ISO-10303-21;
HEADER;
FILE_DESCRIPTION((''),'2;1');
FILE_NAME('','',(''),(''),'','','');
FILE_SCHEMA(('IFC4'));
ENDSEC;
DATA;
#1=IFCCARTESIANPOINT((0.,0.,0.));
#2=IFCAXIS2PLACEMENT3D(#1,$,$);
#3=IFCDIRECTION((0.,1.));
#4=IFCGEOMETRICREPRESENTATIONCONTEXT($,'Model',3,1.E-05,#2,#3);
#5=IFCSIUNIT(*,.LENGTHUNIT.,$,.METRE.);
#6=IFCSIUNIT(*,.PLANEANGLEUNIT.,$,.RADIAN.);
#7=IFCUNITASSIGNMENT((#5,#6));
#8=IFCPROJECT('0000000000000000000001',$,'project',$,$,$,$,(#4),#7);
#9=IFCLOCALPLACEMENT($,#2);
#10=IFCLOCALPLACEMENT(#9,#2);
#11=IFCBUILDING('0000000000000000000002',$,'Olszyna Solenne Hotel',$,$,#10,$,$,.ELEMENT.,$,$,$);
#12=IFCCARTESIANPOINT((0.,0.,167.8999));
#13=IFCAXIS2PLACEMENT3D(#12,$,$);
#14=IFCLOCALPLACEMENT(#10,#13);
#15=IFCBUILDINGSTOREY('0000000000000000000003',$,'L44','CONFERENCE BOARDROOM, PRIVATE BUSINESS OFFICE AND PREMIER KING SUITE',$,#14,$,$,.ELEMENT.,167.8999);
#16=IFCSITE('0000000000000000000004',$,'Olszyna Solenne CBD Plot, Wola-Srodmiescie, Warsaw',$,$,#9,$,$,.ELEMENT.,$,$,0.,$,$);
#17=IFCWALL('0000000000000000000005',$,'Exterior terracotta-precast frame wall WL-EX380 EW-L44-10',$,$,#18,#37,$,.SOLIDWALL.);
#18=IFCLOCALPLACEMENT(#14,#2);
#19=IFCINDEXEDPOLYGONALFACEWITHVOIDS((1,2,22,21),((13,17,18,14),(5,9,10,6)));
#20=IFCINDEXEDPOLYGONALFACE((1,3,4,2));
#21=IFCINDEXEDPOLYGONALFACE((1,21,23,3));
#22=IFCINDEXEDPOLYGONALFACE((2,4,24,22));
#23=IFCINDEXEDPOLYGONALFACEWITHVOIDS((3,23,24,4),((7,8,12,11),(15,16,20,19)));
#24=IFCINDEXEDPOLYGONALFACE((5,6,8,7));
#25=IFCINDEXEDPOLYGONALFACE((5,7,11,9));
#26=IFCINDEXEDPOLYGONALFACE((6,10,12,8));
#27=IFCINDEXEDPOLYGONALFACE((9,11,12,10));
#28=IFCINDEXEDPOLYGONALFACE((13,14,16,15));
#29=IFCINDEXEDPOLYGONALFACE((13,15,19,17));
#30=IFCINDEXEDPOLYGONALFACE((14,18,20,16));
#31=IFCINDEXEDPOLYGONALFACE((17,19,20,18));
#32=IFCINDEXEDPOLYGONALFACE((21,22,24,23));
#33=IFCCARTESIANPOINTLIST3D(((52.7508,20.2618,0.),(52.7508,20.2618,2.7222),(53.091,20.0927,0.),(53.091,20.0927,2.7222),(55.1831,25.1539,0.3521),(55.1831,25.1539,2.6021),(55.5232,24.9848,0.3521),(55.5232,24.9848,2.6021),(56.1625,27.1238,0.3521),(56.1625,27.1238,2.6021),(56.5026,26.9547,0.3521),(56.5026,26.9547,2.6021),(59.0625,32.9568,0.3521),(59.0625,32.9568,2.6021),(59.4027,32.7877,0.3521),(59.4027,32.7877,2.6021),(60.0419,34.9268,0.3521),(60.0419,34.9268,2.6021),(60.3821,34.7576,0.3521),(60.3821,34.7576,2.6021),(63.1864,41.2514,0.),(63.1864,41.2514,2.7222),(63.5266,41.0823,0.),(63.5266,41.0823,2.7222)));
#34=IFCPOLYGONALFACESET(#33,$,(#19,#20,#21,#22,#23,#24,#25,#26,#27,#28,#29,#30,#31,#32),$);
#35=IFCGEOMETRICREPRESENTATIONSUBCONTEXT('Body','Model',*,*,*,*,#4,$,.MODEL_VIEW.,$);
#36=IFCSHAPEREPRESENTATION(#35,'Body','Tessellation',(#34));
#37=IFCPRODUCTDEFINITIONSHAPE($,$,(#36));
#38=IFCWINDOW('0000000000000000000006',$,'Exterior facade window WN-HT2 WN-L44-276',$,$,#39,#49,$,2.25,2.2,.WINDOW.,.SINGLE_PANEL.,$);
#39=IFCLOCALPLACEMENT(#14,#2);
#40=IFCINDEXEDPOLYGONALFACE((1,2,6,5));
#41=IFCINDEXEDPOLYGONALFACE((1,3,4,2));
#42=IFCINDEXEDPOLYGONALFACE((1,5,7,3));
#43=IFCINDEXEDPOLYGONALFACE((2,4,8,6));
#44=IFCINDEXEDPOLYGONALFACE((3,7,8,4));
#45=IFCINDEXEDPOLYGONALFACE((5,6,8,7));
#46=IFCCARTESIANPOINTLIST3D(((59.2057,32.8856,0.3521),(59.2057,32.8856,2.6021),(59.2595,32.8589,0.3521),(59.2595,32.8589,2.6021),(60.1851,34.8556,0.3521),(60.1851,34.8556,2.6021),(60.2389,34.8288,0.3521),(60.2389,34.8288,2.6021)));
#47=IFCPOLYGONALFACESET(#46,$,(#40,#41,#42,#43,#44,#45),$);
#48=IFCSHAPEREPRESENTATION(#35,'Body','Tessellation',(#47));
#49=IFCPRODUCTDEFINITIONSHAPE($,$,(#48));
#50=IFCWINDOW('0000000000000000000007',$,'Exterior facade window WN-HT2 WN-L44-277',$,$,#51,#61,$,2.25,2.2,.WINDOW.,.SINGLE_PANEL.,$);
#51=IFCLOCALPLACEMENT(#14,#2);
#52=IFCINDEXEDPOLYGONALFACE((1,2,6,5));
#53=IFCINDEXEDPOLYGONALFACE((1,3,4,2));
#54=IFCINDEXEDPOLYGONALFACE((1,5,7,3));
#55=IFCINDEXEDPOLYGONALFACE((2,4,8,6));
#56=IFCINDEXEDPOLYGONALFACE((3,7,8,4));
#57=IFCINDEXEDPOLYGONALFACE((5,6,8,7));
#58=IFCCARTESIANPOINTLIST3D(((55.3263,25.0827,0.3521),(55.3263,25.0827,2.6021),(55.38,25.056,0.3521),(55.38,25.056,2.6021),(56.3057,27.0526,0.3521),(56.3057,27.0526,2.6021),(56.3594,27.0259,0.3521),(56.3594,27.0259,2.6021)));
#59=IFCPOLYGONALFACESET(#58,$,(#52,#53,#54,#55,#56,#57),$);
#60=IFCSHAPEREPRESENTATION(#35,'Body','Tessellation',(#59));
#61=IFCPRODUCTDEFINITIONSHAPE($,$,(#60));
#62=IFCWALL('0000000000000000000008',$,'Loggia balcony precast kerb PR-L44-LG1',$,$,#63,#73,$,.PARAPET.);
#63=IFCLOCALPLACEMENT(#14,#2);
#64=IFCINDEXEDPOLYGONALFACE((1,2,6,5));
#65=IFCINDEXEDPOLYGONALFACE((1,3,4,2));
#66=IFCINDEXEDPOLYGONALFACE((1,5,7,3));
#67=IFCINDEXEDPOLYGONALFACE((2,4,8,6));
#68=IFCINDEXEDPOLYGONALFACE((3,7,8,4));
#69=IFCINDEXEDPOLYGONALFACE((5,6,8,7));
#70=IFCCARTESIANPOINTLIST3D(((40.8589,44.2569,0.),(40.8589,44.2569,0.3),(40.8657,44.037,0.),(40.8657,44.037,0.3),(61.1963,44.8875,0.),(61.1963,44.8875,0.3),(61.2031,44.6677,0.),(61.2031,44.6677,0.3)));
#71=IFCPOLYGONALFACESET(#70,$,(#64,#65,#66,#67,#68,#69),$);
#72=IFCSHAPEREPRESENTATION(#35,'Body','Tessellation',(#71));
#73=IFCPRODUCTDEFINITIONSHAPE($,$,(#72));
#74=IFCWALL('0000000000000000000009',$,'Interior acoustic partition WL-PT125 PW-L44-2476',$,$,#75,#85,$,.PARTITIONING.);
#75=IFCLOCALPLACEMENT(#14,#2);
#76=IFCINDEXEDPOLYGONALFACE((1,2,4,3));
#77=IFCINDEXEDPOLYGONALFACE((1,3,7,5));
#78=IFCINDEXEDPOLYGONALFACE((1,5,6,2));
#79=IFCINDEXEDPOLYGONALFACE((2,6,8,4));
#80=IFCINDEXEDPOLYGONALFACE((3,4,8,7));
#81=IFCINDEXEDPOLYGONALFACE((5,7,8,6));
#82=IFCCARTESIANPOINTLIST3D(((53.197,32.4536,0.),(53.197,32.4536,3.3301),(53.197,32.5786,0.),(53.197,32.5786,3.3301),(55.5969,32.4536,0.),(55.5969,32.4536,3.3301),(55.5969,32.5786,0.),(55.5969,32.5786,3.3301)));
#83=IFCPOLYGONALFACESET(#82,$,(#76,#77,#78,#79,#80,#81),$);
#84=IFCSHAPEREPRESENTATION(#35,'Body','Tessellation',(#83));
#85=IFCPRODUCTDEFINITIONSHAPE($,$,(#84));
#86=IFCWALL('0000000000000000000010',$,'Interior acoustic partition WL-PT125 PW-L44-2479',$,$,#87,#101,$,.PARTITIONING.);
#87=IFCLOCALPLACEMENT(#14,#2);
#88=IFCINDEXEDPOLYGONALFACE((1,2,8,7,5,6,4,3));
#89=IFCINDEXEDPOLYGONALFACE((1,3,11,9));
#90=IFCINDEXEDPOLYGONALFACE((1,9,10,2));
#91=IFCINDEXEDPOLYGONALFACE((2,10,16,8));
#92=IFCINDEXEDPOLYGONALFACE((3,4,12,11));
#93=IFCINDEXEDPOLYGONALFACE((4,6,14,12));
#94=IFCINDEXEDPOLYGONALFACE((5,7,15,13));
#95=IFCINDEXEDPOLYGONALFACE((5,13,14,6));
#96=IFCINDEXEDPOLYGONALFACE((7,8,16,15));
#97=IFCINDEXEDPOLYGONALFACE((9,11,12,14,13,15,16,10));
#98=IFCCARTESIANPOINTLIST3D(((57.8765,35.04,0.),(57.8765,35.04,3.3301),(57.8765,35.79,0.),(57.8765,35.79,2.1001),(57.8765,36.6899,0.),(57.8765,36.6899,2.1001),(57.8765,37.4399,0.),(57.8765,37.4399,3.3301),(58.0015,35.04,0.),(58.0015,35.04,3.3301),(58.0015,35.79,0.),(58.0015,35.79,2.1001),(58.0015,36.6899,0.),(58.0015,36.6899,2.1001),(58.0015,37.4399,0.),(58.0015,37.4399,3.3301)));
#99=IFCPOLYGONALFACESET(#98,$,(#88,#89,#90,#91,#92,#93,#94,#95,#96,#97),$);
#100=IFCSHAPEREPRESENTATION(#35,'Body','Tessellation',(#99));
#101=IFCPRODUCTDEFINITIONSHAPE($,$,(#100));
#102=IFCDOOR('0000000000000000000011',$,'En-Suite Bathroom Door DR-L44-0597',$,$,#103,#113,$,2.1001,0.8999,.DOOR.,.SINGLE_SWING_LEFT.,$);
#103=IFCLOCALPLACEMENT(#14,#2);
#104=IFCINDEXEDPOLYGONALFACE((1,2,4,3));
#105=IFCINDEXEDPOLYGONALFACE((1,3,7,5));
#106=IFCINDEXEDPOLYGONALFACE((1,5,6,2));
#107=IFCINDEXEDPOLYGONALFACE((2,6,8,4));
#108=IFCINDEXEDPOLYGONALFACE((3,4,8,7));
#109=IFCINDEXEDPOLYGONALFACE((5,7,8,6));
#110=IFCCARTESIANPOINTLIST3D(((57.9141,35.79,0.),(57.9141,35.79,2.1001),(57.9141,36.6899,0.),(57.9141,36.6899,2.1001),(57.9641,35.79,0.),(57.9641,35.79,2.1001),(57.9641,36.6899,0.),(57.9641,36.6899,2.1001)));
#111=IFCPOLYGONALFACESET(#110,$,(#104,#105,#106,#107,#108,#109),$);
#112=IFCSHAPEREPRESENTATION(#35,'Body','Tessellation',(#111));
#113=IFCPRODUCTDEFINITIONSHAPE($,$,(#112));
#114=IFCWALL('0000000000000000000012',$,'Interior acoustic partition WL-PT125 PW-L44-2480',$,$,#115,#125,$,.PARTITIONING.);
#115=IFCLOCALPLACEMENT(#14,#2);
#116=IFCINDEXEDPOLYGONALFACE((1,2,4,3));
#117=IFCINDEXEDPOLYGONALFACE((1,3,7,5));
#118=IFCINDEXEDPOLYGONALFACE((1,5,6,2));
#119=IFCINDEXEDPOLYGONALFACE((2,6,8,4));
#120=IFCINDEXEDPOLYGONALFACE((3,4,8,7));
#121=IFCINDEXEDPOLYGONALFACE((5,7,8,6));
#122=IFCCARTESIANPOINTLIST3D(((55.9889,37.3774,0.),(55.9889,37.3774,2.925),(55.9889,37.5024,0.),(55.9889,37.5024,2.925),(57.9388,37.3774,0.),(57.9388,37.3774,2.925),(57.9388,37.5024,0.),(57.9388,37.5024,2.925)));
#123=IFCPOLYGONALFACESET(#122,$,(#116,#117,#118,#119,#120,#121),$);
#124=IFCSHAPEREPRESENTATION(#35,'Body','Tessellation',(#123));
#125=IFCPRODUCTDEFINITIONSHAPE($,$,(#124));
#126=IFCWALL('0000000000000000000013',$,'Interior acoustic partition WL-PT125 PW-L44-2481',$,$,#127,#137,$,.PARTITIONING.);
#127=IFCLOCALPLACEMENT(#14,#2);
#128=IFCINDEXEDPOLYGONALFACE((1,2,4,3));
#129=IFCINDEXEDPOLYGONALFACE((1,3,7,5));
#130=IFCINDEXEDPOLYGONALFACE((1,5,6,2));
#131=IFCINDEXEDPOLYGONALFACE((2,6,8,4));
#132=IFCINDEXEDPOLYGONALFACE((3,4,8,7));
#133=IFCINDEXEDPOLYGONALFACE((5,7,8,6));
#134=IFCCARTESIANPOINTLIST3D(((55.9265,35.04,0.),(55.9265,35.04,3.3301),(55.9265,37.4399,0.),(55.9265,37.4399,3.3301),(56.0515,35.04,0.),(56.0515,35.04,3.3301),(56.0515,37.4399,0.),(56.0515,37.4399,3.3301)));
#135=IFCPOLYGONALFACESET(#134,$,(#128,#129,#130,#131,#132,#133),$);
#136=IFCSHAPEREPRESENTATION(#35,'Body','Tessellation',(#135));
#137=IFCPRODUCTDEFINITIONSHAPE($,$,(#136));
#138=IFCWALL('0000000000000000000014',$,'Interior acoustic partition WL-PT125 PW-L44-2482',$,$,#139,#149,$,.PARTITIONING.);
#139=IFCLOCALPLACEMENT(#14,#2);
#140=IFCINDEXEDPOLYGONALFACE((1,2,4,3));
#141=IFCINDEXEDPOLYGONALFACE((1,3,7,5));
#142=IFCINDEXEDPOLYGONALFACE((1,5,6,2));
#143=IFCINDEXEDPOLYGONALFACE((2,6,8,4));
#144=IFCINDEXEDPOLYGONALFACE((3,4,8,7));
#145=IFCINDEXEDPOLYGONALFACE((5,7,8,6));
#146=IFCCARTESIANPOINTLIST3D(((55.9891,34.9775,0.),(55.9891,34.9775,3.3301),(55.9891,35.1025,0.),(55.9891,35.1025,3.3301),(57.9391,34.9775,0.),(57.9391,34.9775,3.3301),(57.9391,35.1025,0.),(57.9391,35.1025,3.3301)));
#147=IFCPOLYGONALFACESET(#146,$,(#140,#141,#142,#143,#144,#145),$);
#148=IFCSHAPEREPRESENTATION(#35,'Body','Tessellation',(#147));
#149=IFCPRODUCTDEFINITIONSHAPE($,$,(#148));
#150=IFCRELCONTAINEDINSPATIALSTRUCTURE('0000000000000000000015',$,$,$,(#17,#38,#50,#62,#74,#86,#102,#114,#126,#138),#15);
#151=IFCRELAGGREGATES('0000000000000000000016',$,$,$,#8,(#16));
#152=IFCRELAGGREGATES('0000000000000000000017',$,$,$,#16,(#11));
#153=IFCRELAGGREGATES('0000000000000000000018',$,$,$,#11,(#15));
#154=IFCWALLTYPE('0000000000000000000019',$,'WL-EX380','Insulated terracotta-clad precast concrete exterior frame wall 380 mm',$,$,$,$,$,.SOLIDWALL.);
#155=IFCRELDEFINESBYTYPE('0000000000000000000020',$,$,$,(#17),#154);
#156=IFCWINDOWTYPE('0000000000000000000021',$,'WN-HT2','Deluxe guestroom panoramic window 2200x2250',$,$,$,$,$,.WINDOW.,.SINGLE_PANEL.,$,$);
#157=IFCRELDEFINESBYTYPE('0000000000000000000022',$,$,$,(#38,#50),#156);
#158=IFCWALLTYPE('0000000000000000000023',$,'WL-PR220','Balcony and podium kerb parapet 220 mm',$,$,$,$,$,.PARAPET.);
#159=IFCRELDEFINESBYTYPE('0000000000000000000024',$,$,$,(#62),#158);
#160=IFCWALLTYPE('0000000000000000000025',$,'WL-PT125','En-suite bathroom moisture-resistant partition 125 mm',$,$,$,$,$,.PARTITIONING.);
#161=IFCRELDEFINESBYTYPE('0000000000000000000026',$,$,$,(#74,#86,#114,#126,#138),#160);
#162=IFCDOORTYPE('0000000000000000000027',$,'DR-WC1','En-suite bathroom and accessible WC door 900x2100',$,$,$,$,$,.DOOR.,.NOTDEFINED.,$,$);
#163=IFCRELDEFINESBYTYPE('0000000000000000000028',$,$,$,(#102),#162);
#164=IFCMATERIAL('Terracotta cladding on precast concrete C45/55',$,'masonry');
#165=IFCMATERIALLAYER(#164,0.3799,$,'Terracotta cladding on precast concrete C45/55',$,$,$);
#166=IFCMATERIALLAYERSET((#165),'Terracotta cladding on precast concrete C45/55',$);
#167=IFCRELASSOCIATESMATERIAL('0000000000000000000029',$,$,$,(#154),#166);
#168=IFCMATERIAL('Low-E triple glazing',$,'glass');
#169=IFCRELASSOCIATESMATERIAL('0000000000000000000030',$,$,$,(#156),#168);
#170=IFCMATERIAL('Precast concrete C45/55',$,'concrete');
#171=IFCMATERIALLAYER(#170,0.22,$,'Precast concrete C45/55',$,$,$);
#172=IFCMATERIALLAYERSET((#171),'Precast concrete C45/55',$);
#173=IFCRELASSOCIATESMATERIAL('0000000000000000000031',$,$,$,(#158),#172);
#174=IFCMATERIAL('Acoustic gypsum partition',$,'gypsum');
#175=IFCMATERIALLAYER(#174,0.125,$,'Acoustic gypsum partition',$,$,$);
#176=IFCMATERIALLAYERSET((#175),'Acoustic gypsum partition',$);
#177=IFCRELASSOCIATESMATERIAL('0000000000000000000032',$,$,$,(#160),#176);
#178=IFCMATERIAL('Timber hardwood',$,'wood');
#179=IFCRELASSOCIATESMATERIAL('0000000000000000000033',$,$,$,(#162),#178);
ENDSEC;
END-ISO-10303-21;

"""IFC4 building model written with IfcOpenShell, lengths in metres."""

from ifc_helpers import new_model, si_unit, direction, frame, frame_2d, origin, place, context, subcontext, project, spatial, rectangle, extrude, source, transform, mapped, material, layer, layer_set, type_object, type_shapes, element, fill, save


model = new_model("IFC4")

# Units and contexts
model_context = context("Model", 3, precision=1e-05, world=origin(), true_north=direction((0.0, 1.0)))
body_context = subcontext(model_context, "Body", "Model", "MODEL_VIEW")
ifc_project = project(units=[si_unit("LENGTHUNIT", "METRE"), si_unit("PLANEANGLEUNIT", "RADIAN")], contexts=[model_context])

# Site, building, storey
site_placement = place(None, origin())
site = spatial("IfcSite", under=ifc_project, at=site_placement, Name="Olszyna Solenne CBD Plot, Wola-Srodmiescie, Warsaw", CompositionType="ELEMENT", RefElevation=0.0)
building_placement = place(site_placement, origin())
building = spatial("IfcBuilding", under=site, at=building_placement, Name="Olszyna Solenne Hotel", CompositionType="ELEMENT")
storey_placement = place(building_placement, frame((0.0, 0.0, 167.8999)))
storey = spatial("IfcBuildingStorey", under=building, at=storey_placement, Name="L44", Description="CONFERENCE BOARDROOM, PRIVATE BUSINESS OFFICE AND PREMIER KING SUITE", CompositionType="ELEMENT", Elevation=167.8999)

# Shared definitions
ifc_material_1 = material(Name="Terracotta cladding on precast concrete C45/55", Category="masonry")
ifc_layer_1 = layer(ifc_material_1, 0.3799, Name="Terracotta cladding on precast concrete C45/55")
ifc_layer_set_1 = layer_set([ifc_layer_1], Name="Terracotta cladding on precast concrete C45/55")
wall_type_1 = type_object("IfcWallType", Name="WL-EX380", Description="Insulated terracotta-clad precast concrete exterior frame wall 380 mm", PredefinedType="SOLIDWALL", material=ifc_layer_set_1)

# Wall, openings, windows
wall_1_placement = place(storey_placement, frame((63.3564, 41.1667, 0.0), z_axis=(0.0, 0.0, 1.0), x_axis=(-0.445192, -0.895435, 0.0)))
wall_1 = element("IfcWall", 1, at=wall_1_placement, inside=storey, type_object=wall_type_1, Name="Exterior terracotta-precast frame wall WL-EX380 EW-L44-10", PredefinedType="SOLIDWALL", context=body_context, shape_type="SweptSolid", body=[
    extrude(rectangle(XDim=23.4407, YDim=0.3799, at=frame_2d((11.7202, 0.0))), origin(), (0.0, 0.0, 1.0), 2.7222),
])
opening_1_placement = place(wall_1_placement, frame((7.063, 0.0, 0.3521)))
opening_1 = element("IfcOpeningElement", 2, at=opening_1_placement, cuts=wall_1, PredefinedType="OPENING", context=body_context, shape_type="SweptSolid", body=[
    extrude(rectangle(XDim=2.2, YDim=2.25, at=frame_2d((1.1001, 1.125))), frame((0.0, 0.2, 0.0), z_axis=(0.0, -1.0, 0.0), x_axis=(1.0, 0.0, 0.0)), (0.0, 0.0, 1.0), 0.3999),
])
opening_2_placement = place(wall_1_placement, frame((15.7771, 0.0, 0.3521)))
opening_2 = element("IfcOpeningElement", 3, at=opening_2_placement, cuts=wall_1, PredefinedType="OPENING", context=body_context, shape_type="SweptSolid", body=[
    extrude(rectangle(XDim=2.2, YDim=2.25, at=frame_2d((1.1001, 1.125))), frame((0.0, 0.2, 0.0), z_axis=(0.0, -1.0, 0.0), x_axis=(1.0, 0.0, 0.0)), (0.0, 0.0, 1.0), 0.3999),
])
ifc_material_2 = material(Name="Low-E triple glazing", Category="glass")
window_type = type_object("IfcWindowType", Name="WN-HT2", Description="Deluxe guestroom panoramic window 2200x2250", PartitioningType="SINGLE_PANEL", PredefinedType="WINDOW", material=ifc_material_2)
shared_shape_1 = source(origin(), body_context, "Body", "SweptSolid", [
    extrude(rectangle(XDim=2.2, YDim=2.25, at=frame_2d((1.1001, 1.125))), frame((0.0, 0.03, 0.0), z_axis=(0.0, -1.0, 0.0), x_axis=(1.0, 0.0, 0.0)), (0.0, 0.0, 1.0), 0.0601),
])
type_shapes(window_type, [shared_shape_1])
window_1_placement = place(opening_1_placement, origin())
window_1 = element("IfcWindow", 4, at=window_1_placement, inside=storey, type_object=window_type, Name="Exterior facade window WN-HT2 WN-L44-276", OverallHeight=2.25, OverallWidth=2.2, PartitioningType="SINGLE_PANEL", PredefinedType="WINDOW", context=body_context, shape_type="MappedRepresentation", body=[
    mapped(shared_shape_1, transform((0.0, 0.0, 0.0), x_axis=(1.0, 0.0, 0.0), y_axis=(0.0, 1.0, 0.0), z_axis=(0.0, 0.0, 1.0), scale=1.0)),
])
fill(opening_1, window_1)
window_2_placement = place(opening_2_placement, origin())
window_2 = element("IfcWindow", 5, at=window_2_placement, inside=storey, type_object=window_type, Name="Exterior facade window WN-HT2 WN-L44-277", OverallHeight=2.25, OverallWidth=2.2, PartitioningType="SINGLE_PANEL", PredefinedType="WINDOW", context=body_context, shape_type="MappedRepresentation", body=[
    mapped(shared_shape_1, transform((0.0, 0.0, 0.0), x_axis=(1.0, 0.0, 0.0), y_axis=(0.0, 1.0, 0.0), z_axis=(0.0, 0.0, 1.0), scale=1.0)),
])
fill(opening_2, window_2)

# Walls
ifc_material_3 = material(Name="Precast concrete C45/55", Category="concrete")
ifc_layer_2 = layer(ifc_material_3, 0.22, Name="Precast concrete C45/55")
ifc_layer_set_2 = layer_set([ifc_layer_2], Name="Precast concrete C45/55")
wall_type_2 = type_object("IfcWallType", Name="WL-PR220", Description="Balcony and podium kerb parapet 220 mm", PredefinedType="PARAPET", material=ifc_layer_set_2)
wall_2_placement = place(storey_placement, frame((61.1997, 44.7776, 0.0), z_axis=(0.0, 0.0, 1.0), x_axis=(-0.99952, -0.030993, 0.0)))
element("IfcWall", 6, at=wall_2_placement, inside=storey, type_object=wall_type_2, Name="Loggia balcony precast kerb PR-L44-LG1", PredefinedType="PARAPET", context=body_context, shape_type="SweptSolid", body=[
    extrude(rectangle(XDim=20.3472, YDim=0.22, at=frame_2d((10.1736, 0.0))), origin(), (0.0, 0.0, 1.0), 0.3),
])
ifc_material_4 = material(Name="Acoustic gypsum partition", Category="gypsum")
ifc_layer_3 = layer(ifc_material_4, 0.125, Name="Acoustic gypsum partition")
ifc_layer_set_3 = layer_set([ifc_layer_3], Name="Acoustic gypsum partition")
wall_type_3 = type_object("IfcWallType", Name="WL-PT125", Description="En-suite bathroom moisture-resistant partition 125 mm", PredefinedType="PARTITIONING", material=ifc_layer_set_3)
wall_3_placement = place(storey_placement, frame((55.5969, 32.5161, 0.0), z_axis=(0.0, 0.0, 1.0), x_axis=(-1.0, 0.0, 0.0)))
element("IfcWall", 7, at=wall_3_placement, inside=storey, type_object=wall_type_3, Name="Interior acoustic partition WL-PT125 PW-L44-2476", PredefinedType="PARTITIONING", context=body_context, shape_type="SweptSolid", body=[
    extrude(rectangle(XDim=2.3999, YDim=0.125, at=frame_2d((1.2, 0.0))), origin(), (0.0, 0.0, 1.0), 3.3301),
])

# Wall, opening, door
wall_4_placement = place(storey_placement, frame((57.939, 35.04, 0.0), z_axis=(0.0, 0.0, 1.0), x_axis=(0.0, 1.0, 0.0)))
wall_4 = element("IfcWall", 8, at=wall_4_placement, inside=storey, type_object=wall_type_3, Name="Interior acoustic partition WL-PT125 PW-L44-2479", PredefinedType="PARTITIONING", context=body_context, shape_type="SweptSolid", body=[
    extrude(rectangle(XDim=2.3999, YDim=0.125, at=frame_2d((1.2, 0.0))), origin(), (0.0, 0.0, 1.0), 3.3301),
])
opening_3_placement = place(wall_4_placement, frame((0.75, 0.0, 0.0)))
opening_3 = element("IfcOpeningElement", 9, at=opening_3_placement, cuts=wall_4, PredefinedType="OPENING", context=body_context, shape_type="SweptSolid", body=[
    extrude(rectangle(XDim=0.8999, YDim=2.1001, at=frame_2d((0.45, 1.05))), frame((0.0, 0.0725, 0.0), z_axis=(0.0, -1.0, 0.0), x_axis=(1.0, 0.0, 0.0)), (0.0, 0.0, 1.0), 0.145),
])
ifc_material_5 = material(Name="Timber hardwood", Category="wood")
door_type = type_object("IfcDoorType", Name="DR-WC1", Description="En-suite bathroom and accessible WC door 900x2100", OperationType="NOTDEFINED", PredefinedType="DOOR", material=ifc_material_5)
shared_shape_2 = source(origin(), body_context, "Body", "SweptSolid", [
    extrude(rectangle(XDim=0.8999, YDim=2.1001, at=frame_2d((0.45, 1.05))), frame((0.0, 0.0249, 0.0), z_axis=(0.0, -1.0, 0.0), x_axis=(1.0, 0.0, 0.0)), (0.0, 0.0, 1.0), 0.05),
])
type_shapes(door_type, [shared_shape_2])
door_placement = place(opening_3_placement, origin())
door = element("IfcDoor", 10, at=door_placement, inside=storey, type_object=door_type, Name="En-Suite Bathroom Door DR-L44-0597", OperationType="SINGLE_SWING_LEFT", OverallHeight=2.1001, OverallWidth=0.8999, PredefinedType="DOOR", context=body_context, shape_type="MappedRepresentation", body=[
    mapped(shared_shape_2, transform((0.0, 0.0, 0.0), x_axis=(1.0, 0.0, 0.0), y_axis=(0.0, 1.0, 0.0), z_axis=(0.0, 0.0, 1.0), scale=1.0)),
])
fill(opening_3, door)

# Walls
wall_5_placement = place(storey_placement, frame((57.939, 37.4399, 0.0), z_axis=(0.0, 0.0, 1.0), x_axis=(-1.0, 0.0, 0.0)))
element("IfcWall", 11, at=wall_5_placement, inside=storey, type_object=wall_type_3, Name="Interior acoustic partition WL-PT125 PW-L44-2480", PredefinedType="PARTITIONING", context=body_context, shape_type="SweptSolid", body=[
    extrude(rectangle(XDim=1.95, YDim=0.125, at=frame_2d((0.9751, 0.0))), origin(), (0.0, 0.0, 1.0), 2.925),
])
wall_6_placement = place(storey_placement, frame((55.989, 37.4399, 0.0), z_axis=(0.0, 0.0, 1.0), x_axis=(0.0, -1.0, 0.0)))
element("IfcWall", 12, at=wall_6_placement, inside=storey, type_object=wall_type_3, Name="Interior acoustic partition WL-PT125 PW-L44-2481", PredefinedType="PARTITIONING", context=body_context, shape_type="SweptSolid", body=[
    extrude(rectangle(XDim=2.3999, YDim=0.125, at=frame_2d((1.2, 0.0))), origin(), (0.0, 0.0, 1.0), 3.3301),
])
wall_7_placement = place(storey_placement, frame((55.989, 35.04, 0.0), z_axis=(0.0, 0.0, 1.0), x_axis=(1.0, 0.0, 0.0)))
element("IfcWall", 13, at=wall_7_placement, inside=storey, type_object=wall_type_3, Name="Interior acoustic partition WL-PT125 PW-L44-2482", PredefinedType="PARTITIONING", context=body_context, shape_type="SweptSolid", body=[
    extrude(rectangle(XDim=1.95, YDim=0.125, at=frame_2d((0.9751, 0.0))), origin(), (0.0, 0.0, 1.0), 3.3301),
])

save(model, "model.ifc")
